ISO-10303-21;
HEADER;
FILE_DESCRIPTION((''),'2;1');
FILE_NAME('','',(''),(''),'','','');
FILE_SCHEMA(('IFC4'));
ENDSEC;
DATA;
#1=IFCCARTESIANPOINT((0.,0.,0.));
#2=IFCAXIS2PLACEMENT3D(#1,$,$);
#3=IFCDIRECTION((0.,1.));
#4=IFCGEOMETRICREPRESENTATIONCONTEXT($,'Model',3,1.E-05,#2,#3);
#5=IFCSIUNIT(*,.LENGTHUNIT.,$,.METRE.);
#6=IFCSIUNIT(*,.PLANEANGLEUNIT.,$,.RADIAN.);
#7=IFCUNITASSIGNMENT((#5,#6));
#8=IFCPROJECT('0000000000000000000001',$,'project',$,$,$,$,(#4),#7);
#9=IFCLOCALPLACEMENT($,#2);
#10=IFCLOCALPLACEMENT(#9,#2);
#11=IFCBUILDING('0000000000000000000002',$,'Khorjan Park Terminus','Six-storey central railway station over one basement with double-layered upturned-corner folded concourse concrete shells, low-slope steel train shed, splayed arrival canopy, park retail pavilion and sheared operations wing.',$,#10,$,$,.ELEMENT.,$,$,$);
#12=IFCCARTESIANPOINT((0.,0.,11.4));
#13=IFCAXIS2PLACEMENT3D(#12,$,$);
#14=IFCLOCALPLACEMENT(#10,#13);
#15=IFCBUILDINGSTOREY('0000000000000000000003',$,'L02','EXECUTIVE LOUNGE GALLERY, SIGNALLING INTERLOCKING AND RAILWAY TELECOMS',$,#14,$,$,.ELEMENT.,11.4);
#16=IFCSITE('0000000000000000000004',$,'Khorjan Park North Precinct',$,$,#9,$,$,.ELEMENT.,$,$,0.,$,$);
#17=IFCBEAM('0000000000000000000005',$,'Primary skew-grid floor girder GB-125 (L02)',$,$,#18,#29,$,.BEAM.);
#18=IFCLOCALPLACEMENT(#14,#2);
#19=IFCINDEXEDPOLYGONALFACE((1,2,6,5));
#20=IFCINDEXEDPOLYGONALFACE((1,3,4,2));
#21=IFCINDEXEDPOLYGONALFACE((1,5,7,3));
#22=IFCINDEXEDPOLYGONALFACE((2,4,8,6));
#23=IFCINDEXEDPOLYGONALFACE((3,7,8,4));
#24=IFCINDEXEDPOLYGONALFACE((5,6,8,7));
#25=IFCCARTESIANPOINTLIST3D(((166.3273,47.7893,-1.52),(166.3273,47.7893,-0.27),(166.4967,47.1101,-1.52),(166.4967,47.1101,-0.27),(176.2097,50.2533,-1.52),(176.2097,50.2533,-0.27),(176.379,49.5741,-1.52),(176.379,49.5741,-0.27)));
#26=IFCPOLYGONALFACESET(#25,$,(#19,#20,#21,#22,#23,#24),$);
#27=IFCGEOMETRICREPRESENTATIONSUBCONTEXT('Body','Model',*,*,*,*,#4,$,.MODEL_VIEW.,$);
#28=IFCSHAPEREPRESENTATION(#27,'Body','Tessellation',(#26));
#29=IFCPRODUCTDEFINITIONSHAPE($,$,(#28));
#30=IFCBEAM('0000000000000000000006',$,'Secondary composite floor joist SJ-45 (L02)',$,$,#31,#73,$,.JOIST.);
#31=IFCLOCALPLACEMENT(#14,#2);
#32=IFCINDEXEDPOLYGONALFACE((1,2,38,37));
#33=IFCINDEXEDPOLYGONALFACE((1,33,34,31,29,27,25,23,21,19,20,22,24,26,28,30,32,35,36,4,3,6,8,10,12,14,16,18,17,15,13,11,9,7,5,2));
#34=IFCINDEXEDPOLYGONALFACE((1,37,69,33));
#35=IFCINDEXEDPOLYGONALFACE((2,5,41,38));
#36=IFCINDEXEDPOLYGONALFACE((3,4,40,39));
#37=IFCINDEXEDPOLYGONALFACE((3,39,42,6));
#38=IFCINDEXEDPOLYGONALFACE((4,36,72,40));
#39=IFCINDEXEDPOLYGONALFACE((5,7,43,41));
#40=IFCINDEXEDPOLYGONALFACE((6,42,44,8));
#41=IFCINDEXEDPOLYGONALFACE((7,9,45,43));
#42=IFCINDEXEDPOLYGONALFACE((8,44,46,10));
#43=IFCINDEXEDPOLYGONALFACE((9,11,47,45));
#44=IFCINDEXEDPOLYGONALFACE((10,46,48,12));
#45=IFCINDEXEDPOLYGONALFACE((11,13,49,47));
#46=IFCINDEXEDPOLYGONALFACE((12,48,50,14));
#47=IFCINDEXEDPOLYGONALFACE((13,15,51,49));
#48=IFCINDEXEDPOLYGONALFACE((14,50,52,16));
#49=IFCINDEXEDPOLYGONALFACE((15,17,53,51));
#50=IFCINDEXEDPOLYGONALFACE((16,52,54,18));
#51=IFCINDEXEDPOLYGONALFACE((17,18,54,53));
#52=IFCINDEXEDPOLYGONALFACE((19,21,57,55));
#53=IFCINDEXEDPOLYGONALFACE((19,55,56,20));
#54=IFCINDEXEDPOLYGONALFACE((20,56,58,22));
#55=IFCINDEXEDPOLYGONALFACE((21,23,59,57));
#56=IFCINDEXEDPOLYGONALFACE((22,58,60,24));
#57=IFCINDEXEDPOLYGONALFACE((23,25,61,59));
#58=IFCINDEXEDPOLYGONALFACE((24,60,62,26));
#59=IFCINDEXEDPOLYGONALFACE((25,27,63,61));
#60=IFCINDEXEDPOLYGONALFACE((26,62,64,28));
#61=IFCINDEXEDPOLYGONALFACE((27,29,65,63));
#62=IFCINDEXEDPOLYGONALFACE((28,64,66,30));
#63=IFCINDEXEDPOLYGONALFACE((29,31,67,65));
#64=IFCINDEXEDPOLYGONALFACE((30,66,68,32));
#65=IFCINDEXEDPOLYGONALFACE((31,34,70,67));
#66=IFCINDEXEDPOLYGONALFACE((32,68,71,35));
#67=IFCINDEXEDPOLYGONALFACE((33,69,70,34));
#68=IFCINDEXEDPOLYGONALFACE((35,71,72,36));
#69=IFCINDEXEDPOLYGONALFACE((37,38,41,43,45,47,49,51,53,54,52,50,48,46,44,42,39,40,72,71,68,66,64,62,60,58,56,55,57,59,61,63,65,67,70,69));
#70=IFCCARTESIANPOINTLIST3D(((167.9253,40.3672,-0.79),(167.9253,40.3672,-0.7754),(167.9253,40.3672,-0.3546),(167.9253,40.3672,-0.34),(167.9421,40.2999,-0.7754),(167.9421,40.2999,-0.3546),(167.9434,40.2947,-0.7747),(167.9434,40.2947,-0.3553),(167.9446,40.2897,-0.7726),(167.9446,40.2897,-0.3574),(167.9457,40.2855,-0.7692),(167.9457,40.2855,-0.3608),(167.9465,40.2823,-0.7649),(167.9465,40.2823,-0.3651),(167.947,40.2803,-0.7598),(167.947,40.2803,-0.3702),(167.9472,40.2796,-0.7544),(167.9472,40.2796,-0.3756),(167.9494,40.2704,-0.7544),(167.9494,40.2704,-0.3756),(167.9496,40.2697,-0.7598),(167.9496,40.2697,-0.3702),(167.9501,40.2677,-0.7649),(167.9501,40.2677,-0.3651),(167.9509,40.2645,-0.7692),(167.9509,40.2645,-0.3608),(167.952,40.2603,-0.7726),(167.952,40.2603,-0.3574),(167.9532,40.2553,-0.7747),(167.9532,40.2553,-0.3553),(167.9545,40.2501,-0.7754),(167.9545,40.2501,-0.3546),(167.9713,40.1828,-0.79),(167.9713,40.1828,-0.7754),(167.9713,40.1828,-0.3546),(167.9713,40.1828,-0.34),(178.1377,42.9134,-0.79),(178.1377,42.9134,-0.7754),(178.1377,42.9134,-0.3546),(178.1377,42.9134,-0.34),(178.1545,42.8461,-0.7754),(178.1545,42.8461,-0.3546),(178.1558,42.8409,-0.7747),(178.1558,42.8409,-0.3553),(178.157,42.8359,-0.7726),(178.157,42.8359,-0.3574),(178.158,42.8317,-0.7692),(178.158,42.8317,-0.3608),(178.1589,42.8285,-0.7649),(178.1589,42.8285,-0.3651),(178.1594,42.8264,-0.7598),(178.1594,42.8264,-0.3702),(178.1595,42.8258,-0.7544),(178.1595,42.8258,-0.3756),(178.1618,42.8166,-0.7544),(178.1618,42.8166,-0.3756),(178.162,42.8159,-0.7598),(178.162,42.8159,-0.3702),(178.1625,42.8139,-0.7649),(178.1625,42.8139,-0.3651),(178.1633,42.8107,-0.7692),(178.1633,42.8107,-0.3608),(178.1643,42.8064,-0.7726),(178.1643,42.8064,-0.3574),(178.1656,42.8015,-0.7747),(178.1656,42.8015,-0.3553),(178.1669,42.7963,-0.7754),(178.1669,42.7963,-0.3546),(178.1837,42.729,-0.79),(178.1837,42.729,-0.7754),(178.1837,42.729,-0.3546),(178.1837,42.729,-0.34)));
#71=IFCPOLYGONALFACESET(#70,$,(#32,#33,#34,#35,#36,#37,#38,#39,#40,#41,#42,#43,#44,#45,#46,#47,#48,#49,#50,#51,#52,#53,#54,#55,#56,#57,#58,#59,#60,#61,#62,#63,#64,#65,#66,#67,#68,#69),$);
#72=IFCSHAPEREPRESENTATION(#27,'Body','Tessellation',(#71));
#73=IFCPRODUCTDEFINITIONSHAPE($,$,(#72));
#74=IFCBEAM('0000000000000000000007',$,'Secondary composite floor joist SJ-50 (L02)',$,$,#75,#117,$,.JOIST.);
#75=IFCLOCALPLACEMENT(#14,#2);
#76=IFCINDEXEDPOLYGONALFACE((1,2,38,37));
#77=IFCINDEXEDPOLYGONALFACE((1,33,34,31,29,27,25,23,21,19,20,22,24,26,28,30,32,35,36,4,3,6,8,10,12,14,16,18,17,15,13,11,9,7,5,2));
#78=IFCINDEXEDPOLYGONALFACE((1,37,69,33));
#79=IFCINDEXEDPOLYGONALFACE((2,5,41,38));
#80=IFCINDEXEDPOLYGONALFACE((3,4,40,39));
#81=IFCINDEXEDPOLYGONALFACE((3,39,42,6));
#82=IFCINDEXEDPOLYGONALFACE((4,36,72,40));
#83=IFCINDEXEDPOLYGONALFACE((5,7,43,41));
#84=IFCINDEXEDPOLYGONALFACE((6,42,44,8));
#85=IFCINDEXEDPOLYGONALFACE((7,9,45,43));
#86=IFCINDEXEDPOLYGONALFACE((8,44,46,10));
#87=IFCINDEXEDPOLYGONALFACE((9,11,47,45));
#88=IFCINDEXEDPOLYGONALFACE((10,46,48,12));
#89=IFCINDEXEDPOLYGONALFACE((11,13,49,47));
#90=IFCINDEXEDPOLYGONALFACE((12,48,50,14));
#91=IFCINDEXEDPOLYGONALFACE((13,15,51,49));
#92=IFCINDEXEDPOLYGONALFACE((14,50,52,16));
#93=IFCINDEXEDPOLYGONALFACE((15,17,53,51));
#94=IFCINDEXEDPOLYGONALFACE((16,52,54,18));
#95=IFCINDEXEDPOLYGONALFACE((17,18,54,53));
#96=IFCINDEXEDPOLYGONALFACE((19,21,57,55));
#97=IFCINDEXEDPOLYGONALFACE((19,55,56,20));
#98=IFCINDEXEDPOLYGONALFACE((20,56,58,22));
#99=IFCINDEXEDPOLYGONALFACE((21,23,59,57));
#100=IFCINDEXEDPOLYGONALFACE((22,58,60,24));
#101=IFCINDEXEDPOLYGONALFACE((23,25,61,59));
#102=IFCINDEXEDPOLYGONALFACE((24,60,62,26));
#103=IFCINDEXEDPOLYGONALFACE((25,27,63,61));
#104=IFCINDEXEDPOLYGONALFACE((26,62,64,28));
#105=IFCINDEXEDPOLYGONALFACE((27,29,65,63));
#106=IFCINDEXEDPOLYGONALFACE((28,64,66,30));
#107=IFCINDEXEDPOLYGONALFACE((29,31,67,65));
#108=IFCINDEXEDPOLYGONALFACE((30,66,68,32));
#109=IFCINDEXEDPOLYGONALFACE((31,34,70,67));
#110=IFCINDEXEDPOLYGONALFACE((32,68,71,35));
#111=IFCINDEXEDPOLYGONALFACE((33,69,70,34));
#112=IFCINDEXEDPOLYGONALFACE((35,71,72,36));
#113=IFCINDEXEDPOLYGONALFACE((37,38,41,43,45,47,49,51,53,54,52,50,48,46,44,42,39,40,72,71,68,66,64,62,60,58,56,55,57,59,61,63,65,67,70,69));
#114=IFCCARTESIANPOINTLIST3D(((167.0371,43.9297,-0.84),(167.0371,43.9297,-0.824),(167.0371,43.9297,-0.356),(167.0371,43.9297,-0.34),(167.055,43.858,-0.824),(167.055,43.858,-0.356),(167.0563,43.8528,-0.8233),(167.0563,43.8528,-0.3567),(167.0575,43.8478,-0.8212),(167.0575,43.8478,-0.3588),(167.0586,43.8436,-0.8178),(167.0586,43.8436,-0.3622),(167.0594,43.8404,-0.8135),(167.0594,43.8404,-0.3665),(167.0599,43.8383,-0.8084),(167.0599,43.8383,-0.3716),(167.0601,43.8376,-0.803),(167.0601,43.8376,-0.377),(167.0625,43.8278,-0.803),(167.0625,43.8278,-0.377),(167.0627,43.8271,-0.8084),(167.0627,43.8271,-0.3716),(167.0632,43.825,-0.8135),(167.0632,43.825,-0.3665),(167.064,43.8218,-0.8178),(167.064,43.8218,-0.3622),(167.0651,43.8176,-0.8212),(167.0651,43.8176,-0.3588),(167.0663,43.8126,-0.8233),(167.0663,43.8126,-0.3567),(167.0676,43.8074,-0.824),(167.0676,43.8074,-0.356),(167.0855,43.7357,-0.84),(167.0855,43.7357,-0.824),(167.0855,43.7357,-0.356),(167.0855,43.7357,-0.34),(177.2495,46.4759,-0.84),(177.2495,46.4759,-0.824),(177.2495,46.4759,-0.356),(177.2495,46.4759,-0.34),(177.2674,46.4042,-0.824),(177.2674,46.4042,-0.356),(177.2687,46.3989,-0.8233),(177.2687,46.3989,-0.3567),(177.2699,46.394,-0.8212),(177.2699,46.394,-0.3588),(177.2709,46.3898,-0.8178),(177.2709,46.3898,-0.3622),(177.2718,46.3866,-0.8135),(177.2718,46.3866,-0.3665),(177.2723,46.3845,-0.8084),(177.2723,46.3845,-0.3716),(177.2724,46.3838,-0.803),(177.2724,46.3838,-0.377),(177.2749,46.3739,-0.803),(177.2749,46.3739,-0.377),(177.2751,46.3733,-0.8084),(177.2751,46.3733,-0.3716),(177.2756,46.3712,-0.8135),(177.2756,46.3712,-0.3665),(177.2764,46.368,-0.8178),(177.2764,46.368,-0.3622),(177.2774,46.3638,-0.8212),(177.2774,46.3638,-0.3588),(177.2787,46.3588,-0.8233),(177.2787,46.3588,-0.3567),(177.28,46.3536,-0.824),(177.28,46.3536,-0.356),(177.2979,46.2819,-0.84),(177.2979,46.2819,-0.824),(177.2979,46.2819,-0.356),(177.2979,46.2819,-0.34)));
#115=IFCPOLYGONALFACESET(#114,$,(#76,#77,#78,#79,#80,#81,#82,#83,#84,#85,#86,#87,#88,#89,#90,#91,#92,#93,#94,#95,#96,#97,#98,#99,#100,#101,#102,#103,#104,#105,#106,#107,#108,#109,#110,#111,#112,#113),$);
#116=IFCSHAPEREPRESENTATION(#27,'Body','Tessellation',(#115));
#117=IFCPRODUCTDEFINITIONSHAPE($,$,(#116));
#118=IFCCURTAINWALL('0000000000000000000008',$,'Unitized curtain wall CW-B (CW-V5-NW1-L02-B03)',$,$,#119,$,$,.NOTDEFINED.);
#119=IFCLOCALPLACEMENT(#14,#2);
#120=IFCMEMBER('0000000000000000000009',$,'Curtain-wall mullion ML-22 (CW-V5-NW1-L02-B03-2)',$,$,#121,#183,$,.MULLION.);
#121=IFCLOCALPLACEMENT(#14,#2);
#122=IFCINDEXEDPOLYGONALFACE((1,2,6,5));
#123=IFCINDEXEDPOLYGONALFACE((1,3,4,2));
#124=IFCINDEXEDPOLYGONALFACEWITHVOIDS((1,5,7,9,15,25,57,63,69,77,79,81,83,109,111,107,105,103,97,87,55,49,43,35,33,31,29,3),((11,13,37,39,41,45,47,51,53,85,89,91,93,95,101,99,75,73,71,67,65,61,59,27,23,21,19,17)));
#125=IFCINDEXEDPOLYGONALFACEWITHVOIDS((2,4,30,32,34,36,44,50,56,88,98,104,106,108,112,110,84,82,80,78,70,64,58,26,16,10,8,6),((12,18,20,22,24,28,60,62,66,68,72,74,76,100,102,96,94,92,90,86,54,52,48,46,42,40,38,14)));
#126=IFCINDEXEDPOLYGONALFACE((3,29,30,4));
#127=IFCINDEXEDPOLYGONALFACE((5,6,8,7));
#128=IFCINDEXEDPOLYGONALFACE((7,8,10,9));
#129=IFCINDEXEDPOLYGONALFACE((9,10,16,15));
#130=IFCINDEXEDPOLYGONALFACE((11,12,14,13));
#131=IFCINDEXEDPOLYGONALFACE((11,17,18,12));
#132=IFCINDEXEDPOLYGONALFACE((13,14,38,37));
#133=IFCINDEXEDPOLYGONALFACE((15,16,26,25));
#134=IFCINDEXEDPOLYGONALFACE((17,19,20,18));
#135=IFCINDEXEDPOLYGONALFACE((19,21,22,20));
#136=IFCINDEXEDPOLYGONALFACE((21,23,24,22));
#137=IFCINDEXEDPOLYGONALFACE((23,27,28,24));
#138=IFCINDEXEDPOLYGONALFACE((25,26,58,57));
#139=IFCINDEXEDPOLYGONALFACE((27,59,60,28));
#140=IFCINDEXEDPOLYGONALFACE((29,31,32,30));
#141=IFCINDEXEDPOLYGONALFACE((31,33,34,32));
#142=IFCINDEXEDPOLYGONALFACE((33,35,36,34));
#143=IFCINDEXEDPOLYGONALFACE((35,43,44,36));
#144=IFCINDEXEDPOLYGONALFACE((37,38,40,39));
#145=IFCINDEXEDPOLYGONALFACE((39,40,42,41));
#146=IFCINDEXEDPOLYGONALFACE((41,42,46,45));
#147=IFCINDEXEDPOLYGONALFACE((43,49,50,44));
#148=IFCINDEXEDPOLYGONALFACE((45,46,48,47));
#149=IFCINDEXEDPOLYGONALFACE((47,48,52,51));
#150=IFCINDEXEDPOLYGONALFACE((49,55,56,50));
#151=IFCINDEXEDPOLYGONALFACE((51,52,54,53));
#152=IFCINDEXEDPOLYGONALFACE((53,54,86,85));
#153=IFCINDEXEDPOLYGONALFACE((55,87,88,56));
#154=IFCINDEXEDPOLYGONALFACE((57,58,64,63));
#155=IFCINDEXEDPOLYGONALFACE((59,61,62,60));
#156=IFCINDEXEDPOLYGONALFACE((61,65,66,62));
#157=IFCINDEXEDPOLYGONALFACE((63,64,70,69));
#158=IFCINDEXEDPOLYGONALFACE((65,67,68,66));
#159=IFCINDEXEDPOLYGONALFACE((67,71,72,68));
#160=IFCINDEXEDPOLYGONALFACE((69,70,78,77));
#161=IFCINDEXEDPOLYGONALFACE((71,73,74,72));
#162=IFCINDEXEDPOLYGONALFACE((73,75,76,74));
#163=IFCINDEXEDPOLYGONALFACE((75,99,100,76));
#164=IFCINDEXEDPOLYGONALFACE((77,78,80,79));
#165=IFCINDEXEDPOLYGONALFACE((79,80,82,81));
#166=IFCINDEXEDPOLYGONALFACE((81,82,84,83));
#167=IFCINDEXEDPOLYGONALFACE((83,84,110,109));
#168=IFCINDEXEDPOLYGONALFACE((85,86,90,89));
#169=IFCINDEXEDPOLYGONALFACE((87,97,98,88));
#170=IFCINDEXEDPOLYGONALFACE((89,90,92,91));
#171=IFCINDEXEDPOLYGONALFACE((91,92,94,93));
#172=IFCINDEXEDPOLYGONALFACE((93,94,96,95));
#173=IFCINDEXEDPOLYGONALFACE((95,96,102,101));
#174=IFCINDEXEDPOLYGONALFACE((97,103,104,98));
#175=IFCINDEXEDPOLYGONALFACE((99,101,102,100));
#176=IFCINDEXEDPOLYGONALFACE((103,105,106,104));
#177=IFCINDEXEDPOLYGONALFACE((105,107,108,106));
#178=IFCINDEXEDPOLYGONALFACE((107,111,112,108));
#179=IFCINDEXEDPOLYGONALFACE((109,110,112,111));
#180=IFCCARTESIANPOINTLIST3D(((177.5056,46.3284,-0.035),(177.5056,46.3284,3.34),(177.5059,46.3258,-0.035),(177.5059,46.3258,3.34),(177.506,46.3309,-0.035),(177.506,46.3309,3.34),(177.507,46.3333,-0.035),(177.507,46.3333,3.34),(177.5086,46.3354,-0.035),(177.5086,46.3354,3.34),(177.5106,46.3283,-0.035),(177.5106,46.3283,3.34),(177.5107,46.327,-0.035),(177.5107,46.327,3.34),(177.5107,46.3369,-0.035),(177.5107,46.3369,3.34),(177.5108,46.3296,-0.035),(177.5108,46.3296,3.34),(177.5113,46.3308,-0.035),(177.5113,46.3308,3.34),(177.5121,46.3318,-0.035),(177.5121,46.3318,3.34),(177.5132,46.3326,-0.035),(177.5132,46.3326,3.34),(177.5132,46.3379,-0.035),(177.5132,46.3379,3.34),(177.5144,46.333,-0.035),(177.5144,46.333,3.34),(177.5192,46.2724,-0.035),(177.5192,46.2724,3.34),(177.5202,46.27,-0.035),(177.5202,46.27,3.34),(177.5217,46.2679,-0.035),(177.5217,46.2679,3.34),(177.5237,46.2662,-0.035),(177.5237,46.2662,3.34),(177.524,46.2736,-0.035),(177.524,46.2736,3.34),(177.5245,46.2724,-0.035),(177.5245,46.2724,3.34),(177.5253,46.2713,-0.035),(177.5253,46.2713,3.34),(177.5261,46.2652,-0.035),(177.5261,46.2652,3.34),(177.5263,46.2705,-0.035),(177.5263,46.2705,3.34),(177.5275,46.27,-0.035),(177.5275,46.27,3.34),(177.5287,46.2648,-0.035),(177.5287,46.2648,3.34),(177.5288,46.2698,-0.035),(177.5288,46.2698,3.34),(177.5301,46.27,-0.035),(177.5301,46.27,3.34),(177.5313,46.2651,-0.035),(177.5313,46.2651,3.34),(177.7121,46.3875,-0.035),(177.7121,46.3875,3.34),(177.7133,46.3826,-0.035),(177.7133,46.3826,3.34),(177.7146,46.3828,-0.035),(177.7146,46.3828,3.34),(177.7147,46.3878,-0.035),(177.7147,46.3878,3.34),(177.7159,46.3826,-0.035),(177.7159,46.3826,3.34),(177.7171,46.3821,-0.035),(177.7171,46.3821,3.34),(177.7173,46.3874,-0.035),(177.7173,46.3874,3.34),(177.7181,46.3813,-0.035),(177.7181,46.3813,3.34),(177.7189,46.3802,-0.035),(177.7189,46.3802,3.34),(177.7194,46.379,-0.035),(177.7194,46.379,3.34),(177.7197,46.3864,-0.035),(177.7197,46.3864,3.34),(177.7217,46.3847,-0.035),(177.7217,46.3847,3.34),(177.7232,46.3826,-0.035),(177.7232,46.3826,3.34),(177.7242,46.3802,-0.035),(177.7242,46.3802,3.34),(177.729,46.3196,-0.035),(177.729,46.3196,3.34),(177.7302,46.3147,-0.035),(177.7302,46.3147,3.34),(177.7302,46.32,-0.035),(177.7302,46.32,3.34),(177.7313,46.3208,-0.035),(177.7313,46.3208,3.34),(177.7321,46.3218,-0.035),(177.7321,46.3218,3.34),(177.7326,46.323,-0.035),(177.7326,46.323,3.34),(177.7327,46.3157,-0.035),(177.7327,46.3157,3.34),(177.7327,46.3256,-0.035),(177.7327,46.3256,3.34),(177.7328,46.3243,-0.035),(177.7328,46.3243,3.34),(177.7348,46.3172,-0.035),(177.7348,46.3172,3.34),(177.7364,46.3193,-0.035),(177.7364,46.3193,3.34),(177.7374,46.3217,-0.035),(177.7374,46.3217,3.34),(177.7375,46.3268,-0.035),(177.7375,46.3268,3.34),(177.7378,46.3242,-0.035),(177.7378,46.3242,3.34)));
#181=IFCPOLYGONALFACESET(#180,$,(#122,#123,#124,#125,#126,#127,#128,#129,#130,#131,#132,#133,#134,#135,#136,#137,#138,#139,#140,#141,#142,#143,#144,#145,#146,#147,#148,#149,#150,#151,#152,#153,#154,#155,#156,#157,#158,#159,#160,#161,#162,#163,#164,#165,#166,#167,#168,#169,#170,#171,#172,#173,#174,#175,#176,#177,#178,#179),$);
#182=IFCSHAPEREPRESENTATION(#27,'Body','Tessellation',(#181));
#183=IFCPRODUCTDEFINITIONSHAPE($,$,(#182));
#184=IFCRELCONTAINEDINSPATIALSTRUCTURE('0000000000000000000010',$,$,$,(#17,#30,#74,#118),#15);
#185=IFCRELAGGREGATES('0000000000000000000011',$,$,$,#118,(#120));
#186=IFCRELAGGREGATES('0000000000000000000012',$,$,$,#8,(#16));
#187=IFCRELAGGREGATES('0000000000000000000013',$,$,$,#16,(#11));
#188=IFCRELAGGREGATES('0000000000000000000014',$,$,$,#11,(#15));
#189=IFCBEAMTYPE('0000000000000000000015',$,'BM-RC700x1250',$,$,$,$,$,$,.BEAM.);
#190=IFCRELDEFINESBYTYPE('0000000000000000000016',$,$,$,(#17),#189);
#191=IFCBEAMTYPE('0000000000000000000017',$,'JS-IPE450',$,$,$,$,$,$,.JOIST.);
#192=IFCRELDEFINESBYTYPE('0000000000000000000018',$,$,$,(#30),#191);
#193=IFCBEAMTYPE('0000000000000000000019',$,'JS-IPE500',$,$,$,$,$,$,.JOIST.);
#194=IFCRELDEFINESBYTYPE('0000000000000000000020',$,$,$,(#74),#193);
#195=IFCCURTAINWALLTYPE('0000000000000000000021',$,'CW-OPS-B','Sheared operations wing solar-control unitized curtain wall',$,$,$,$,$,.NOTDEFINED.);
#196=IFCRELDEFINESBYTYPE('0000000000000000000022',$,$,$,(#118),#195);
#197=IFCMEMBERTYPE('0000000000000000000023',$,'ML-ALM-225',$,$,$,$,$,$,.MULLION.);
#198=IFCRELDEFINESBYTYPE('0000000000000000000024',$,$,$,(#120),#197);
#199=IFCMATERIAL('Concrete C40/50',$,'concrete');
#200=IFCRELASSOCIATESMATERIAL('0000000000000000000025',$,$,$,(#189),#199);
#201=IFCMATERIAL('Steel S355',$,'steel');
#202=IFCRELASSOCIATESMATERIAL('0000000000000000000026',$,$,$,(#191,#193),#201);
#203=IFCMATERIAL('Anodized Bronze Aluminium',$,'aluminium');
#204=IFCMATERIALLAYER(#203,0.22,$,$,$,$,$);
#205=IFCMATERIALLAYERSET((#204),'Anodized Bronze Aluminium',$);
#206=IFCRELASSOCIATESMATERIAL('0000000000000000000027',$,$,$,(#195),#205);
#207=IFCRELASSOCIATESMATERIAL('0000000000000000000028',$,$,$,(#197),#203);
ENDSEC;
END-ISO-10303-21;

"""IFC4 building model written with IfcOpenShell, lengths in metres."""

from ifc_helpers import new_model, si_unit, direction, frame, origin, origin_2d, place, context, subcontext, project, spatial, rectangle, hollow_rectangle, i_section, extrude, material, layer, layer_set, material_profile, profile_set, type_object, element, aggregate, save


model = new_model("IFC4")

# Units and contexts
model_context = context("Model", 3, precision=1e-05, world=origin(), true_north=direction((0.0, 1.0)))
body_context = subcontext(model_context, "Body", "Model", "MODEL_VIEW")
ifc_project = project(units=[si_unit("LENGTHUNIT", "METRE"), si_unit("PLANEANGLEUNIT", "RADIAN")], contexts=[model_context])

# Site, building, storey
site_placement = place(None, origin())
site = spatial("IfcSite", under=ifc_project, at=site_placement, Name="Khorjan Park North Precinct", CompositionType="ELEMENT", RefElevation=0.0)
building_placement = place(site_placement, origin())
building = spatial("IfcBuilding", under=site, at=building_placement, Name="Khorjan Park Terminus", Description="Six-storey central railway station over one basement with double-layered upturned-corner folded concourse concrete shells, low-slope steel train shed, splayed arrival canopy, park retail pavilion and sheared operations wing.", CompositionType="ELEMENT")
storey_placement = place(building_placement, frame((0.0, 0.0, 11.4)))
storey = spatial("IfcBuildingStorey", under=building, at=storey_placement, Name="L02", Description="EXECUTIVE LOUNGE GALLERY, SIGNALLING INTERLOCKING AND RAILWAY TELECOMS", CompositionType="ELEMENT", Elevation=11.4)

# Beams
ifc_material_1 = material(Name="Concrete C40/50", Category="concrete")
ifc_material_profile_1 = material_profile(ifc_material_1, rectangle(XDim=0.7, YDim=1.25, at=origin_2d()), Name="RC 700x1250")
ifc_profile_set_1 = profile_set([ifc_material_profile_1], Name="Concrete C40/50")
beam_type_1 = type_object("IfcBeamType", Name="BM-RC700x1250", PredefinedType="BEAM", material=ifc_profile_set_1)
beam_1_placement = place(storey_placement, frame((166.412, 47.4497, -0.895), z_axis=(0.970295, 0.241926, 0.0), x_axis=(-0.241926, 0.970295, 0.0)))
element("IfcBeam", 1, at=beam_1_placement, inside=storey, type_object=beam_type_1, Name="Primary skew-grid floor girder GB-125 (L02)", PredefinedType="BEAM", context=body_context, shape_type="SweptSolid", body=[
    extrude(rectangle(XDim=0.7, YDim=1.25, at=origin_2d()), origin(), (0.0, 0.0, 1.0), 10.1849),
])
ifc_material_2 = material(Name="Steel S355", Category="steel")
ifc_material_profile_2 = material_profile(ifc_material_2, i_section(OverallWidth=0.19, OverallDepth=0.45, WebThickness=0.0094, FlangeThickness=0.0146, FilletRadius=0.021, at=origin_2d()), Name="IPE 450")
ifc_profile_set_2 = profile_set([ifc_material_profile_2], Name="Steel S355")
beam_type_2 = type_object("IfcBeamType", Name="JS-IPE450", PredefinedType="JOIST", material=ifc_profile_set_2)
beam_2_placement = place(storey_placement, frame((167.9483, 40.275, -0.565), z_axis=(0.970297, 0.241919, 0.0), x_axis=(-0.241919, 0.970297, 0.0)))
element("IfcBeam", 2, at=beam_2_placement, inside=storey, type_object=beam_type_2, Name="Secondary composite floor joist SJ-45 (L02)", PredefinedType="JOIST", context=body_context, shape_type="SweptSolid", body=[
    extrude(i_section(OverallWidth=0.19, OverallDepth=0.45, WebThickness=0.0094, FlangeThickness=0.0146, FilletRadius=0.021, at=origin_2d()), origin(), (0.0, 0.0, 1.0), 10.525),
])
ifc_material_profile_3 = material_profile(ifc_material_2, i_section(OverallWidth=0.2, OverallDepth=0.5, WebThickness=0.0102, FlangeThickness=0.016, FilletRadius=0.021, at=origin_2d()), Name="IPE 500")
ifc_profile_set_3 = profile_set([ifc_material_profile_3], Name="Steel S355")
beam_type_3 = type_object("IfcBeamType", Name="JS-IPE500", PredefinedType="JOIST", material=ifc_profile_set_3)
beam_3_placement = place(storey_placement, frame((167.0613, 43.8327, -0.59), z_axis=(0.970297, 0.241919, 0.0), x_axis=(-0.241919, 0.970297, 0.0)))
element("IfcBeam", 3, at=beam_3_placement, inside=storey, type_object=beam_type_3, Name="Secondary composite floor joist SJ-50 (L02)", PredefinedType="JOIST", context=body_context, shape_type="SweptSolid", body=[
    extrude(i_section(OverallWidth=0.2, OverallDepth=0.5, WebThickness=0.0102, FlangeThickness=0.016, FilletRadius=0.021, at=origin_2d()), origin(), (0.0, 0.0, 1.0), 10.525),
])

# Curtain wall, member
ifc_material_3 = material(Name="Anodized Bronze Aluminium", Category="aluminium")
ifc_layer_1 = layer(ifc_material_3, 0.22)
ifc_layer_set_1 = layer_set([ifc_layer_1], Name="Anodized Bronze Aluminium")
curtain_wall_type = type_object("IfcCurtainWallType", Name="CW-OPS-B", Description="Sheared operations wing solar-control unitized curtain wall", PredefinedType="NOTDEFINED", material=ifc_layer_set_1)
curtain_wall_1_placement = place(storey_placement, origin())
curtain_wall_1 = element("IfcCurtainWall", 4, at=curtain_wall_1_placement, inside=storey, type_object=curtain_wall_type, Name="Unitized curtain wall CW-B (CW-V5-NW1-L02-B03)", PredefinedType="NOTDEFINED")
ifc_material_profile_4 = material_profile(ifc_material_3, hollow_rectangle(XDim=0.075, YDim=0.225, WallThickness=0.005, InnerFilletRadius=0.005, OuterFilletRadius=0.01, at=origin_2d()), Name="ALM 75x225x5")
ifc_profile_set_4 = profile_set([ifc_material_profile_4], Name="Anodized Bronze Aluminium")
member_type_1 = type_object("IfcMemberType", Name="ML-ALM-225", PredefinedType="MULLION", material=ifc_profile_set_4)
member_1_placement = place(storey_placement, frame((177.6217, 46.3263, -0.035), z_axis=(0.0, 0.0, 1.0), x_axis=(0.241921, -0.970296, 0.0)))
member_1 = element("IfcMember", 5, at=member_1_placement, type_object=member_type_1, Name="Curtain-wall mullion ML-22 (CW-V5-NW1-L02-B03-2)", PredefinedType="MULLION", context=body_context, shape_type="SweptSolid", body=[
    extrude(hollow_rectangle(XDim=0.075, YDim=0.225, WallThickness=0.005, InnerFilletRadius=0.005, OuterFilletRadius=0.01, at=origin_2d()), origin(), (0.0, 0.0, 1.0), 3.375),
])

aggregate(curtain_wall_1, [member_1])

save(model, "model.ifc")
